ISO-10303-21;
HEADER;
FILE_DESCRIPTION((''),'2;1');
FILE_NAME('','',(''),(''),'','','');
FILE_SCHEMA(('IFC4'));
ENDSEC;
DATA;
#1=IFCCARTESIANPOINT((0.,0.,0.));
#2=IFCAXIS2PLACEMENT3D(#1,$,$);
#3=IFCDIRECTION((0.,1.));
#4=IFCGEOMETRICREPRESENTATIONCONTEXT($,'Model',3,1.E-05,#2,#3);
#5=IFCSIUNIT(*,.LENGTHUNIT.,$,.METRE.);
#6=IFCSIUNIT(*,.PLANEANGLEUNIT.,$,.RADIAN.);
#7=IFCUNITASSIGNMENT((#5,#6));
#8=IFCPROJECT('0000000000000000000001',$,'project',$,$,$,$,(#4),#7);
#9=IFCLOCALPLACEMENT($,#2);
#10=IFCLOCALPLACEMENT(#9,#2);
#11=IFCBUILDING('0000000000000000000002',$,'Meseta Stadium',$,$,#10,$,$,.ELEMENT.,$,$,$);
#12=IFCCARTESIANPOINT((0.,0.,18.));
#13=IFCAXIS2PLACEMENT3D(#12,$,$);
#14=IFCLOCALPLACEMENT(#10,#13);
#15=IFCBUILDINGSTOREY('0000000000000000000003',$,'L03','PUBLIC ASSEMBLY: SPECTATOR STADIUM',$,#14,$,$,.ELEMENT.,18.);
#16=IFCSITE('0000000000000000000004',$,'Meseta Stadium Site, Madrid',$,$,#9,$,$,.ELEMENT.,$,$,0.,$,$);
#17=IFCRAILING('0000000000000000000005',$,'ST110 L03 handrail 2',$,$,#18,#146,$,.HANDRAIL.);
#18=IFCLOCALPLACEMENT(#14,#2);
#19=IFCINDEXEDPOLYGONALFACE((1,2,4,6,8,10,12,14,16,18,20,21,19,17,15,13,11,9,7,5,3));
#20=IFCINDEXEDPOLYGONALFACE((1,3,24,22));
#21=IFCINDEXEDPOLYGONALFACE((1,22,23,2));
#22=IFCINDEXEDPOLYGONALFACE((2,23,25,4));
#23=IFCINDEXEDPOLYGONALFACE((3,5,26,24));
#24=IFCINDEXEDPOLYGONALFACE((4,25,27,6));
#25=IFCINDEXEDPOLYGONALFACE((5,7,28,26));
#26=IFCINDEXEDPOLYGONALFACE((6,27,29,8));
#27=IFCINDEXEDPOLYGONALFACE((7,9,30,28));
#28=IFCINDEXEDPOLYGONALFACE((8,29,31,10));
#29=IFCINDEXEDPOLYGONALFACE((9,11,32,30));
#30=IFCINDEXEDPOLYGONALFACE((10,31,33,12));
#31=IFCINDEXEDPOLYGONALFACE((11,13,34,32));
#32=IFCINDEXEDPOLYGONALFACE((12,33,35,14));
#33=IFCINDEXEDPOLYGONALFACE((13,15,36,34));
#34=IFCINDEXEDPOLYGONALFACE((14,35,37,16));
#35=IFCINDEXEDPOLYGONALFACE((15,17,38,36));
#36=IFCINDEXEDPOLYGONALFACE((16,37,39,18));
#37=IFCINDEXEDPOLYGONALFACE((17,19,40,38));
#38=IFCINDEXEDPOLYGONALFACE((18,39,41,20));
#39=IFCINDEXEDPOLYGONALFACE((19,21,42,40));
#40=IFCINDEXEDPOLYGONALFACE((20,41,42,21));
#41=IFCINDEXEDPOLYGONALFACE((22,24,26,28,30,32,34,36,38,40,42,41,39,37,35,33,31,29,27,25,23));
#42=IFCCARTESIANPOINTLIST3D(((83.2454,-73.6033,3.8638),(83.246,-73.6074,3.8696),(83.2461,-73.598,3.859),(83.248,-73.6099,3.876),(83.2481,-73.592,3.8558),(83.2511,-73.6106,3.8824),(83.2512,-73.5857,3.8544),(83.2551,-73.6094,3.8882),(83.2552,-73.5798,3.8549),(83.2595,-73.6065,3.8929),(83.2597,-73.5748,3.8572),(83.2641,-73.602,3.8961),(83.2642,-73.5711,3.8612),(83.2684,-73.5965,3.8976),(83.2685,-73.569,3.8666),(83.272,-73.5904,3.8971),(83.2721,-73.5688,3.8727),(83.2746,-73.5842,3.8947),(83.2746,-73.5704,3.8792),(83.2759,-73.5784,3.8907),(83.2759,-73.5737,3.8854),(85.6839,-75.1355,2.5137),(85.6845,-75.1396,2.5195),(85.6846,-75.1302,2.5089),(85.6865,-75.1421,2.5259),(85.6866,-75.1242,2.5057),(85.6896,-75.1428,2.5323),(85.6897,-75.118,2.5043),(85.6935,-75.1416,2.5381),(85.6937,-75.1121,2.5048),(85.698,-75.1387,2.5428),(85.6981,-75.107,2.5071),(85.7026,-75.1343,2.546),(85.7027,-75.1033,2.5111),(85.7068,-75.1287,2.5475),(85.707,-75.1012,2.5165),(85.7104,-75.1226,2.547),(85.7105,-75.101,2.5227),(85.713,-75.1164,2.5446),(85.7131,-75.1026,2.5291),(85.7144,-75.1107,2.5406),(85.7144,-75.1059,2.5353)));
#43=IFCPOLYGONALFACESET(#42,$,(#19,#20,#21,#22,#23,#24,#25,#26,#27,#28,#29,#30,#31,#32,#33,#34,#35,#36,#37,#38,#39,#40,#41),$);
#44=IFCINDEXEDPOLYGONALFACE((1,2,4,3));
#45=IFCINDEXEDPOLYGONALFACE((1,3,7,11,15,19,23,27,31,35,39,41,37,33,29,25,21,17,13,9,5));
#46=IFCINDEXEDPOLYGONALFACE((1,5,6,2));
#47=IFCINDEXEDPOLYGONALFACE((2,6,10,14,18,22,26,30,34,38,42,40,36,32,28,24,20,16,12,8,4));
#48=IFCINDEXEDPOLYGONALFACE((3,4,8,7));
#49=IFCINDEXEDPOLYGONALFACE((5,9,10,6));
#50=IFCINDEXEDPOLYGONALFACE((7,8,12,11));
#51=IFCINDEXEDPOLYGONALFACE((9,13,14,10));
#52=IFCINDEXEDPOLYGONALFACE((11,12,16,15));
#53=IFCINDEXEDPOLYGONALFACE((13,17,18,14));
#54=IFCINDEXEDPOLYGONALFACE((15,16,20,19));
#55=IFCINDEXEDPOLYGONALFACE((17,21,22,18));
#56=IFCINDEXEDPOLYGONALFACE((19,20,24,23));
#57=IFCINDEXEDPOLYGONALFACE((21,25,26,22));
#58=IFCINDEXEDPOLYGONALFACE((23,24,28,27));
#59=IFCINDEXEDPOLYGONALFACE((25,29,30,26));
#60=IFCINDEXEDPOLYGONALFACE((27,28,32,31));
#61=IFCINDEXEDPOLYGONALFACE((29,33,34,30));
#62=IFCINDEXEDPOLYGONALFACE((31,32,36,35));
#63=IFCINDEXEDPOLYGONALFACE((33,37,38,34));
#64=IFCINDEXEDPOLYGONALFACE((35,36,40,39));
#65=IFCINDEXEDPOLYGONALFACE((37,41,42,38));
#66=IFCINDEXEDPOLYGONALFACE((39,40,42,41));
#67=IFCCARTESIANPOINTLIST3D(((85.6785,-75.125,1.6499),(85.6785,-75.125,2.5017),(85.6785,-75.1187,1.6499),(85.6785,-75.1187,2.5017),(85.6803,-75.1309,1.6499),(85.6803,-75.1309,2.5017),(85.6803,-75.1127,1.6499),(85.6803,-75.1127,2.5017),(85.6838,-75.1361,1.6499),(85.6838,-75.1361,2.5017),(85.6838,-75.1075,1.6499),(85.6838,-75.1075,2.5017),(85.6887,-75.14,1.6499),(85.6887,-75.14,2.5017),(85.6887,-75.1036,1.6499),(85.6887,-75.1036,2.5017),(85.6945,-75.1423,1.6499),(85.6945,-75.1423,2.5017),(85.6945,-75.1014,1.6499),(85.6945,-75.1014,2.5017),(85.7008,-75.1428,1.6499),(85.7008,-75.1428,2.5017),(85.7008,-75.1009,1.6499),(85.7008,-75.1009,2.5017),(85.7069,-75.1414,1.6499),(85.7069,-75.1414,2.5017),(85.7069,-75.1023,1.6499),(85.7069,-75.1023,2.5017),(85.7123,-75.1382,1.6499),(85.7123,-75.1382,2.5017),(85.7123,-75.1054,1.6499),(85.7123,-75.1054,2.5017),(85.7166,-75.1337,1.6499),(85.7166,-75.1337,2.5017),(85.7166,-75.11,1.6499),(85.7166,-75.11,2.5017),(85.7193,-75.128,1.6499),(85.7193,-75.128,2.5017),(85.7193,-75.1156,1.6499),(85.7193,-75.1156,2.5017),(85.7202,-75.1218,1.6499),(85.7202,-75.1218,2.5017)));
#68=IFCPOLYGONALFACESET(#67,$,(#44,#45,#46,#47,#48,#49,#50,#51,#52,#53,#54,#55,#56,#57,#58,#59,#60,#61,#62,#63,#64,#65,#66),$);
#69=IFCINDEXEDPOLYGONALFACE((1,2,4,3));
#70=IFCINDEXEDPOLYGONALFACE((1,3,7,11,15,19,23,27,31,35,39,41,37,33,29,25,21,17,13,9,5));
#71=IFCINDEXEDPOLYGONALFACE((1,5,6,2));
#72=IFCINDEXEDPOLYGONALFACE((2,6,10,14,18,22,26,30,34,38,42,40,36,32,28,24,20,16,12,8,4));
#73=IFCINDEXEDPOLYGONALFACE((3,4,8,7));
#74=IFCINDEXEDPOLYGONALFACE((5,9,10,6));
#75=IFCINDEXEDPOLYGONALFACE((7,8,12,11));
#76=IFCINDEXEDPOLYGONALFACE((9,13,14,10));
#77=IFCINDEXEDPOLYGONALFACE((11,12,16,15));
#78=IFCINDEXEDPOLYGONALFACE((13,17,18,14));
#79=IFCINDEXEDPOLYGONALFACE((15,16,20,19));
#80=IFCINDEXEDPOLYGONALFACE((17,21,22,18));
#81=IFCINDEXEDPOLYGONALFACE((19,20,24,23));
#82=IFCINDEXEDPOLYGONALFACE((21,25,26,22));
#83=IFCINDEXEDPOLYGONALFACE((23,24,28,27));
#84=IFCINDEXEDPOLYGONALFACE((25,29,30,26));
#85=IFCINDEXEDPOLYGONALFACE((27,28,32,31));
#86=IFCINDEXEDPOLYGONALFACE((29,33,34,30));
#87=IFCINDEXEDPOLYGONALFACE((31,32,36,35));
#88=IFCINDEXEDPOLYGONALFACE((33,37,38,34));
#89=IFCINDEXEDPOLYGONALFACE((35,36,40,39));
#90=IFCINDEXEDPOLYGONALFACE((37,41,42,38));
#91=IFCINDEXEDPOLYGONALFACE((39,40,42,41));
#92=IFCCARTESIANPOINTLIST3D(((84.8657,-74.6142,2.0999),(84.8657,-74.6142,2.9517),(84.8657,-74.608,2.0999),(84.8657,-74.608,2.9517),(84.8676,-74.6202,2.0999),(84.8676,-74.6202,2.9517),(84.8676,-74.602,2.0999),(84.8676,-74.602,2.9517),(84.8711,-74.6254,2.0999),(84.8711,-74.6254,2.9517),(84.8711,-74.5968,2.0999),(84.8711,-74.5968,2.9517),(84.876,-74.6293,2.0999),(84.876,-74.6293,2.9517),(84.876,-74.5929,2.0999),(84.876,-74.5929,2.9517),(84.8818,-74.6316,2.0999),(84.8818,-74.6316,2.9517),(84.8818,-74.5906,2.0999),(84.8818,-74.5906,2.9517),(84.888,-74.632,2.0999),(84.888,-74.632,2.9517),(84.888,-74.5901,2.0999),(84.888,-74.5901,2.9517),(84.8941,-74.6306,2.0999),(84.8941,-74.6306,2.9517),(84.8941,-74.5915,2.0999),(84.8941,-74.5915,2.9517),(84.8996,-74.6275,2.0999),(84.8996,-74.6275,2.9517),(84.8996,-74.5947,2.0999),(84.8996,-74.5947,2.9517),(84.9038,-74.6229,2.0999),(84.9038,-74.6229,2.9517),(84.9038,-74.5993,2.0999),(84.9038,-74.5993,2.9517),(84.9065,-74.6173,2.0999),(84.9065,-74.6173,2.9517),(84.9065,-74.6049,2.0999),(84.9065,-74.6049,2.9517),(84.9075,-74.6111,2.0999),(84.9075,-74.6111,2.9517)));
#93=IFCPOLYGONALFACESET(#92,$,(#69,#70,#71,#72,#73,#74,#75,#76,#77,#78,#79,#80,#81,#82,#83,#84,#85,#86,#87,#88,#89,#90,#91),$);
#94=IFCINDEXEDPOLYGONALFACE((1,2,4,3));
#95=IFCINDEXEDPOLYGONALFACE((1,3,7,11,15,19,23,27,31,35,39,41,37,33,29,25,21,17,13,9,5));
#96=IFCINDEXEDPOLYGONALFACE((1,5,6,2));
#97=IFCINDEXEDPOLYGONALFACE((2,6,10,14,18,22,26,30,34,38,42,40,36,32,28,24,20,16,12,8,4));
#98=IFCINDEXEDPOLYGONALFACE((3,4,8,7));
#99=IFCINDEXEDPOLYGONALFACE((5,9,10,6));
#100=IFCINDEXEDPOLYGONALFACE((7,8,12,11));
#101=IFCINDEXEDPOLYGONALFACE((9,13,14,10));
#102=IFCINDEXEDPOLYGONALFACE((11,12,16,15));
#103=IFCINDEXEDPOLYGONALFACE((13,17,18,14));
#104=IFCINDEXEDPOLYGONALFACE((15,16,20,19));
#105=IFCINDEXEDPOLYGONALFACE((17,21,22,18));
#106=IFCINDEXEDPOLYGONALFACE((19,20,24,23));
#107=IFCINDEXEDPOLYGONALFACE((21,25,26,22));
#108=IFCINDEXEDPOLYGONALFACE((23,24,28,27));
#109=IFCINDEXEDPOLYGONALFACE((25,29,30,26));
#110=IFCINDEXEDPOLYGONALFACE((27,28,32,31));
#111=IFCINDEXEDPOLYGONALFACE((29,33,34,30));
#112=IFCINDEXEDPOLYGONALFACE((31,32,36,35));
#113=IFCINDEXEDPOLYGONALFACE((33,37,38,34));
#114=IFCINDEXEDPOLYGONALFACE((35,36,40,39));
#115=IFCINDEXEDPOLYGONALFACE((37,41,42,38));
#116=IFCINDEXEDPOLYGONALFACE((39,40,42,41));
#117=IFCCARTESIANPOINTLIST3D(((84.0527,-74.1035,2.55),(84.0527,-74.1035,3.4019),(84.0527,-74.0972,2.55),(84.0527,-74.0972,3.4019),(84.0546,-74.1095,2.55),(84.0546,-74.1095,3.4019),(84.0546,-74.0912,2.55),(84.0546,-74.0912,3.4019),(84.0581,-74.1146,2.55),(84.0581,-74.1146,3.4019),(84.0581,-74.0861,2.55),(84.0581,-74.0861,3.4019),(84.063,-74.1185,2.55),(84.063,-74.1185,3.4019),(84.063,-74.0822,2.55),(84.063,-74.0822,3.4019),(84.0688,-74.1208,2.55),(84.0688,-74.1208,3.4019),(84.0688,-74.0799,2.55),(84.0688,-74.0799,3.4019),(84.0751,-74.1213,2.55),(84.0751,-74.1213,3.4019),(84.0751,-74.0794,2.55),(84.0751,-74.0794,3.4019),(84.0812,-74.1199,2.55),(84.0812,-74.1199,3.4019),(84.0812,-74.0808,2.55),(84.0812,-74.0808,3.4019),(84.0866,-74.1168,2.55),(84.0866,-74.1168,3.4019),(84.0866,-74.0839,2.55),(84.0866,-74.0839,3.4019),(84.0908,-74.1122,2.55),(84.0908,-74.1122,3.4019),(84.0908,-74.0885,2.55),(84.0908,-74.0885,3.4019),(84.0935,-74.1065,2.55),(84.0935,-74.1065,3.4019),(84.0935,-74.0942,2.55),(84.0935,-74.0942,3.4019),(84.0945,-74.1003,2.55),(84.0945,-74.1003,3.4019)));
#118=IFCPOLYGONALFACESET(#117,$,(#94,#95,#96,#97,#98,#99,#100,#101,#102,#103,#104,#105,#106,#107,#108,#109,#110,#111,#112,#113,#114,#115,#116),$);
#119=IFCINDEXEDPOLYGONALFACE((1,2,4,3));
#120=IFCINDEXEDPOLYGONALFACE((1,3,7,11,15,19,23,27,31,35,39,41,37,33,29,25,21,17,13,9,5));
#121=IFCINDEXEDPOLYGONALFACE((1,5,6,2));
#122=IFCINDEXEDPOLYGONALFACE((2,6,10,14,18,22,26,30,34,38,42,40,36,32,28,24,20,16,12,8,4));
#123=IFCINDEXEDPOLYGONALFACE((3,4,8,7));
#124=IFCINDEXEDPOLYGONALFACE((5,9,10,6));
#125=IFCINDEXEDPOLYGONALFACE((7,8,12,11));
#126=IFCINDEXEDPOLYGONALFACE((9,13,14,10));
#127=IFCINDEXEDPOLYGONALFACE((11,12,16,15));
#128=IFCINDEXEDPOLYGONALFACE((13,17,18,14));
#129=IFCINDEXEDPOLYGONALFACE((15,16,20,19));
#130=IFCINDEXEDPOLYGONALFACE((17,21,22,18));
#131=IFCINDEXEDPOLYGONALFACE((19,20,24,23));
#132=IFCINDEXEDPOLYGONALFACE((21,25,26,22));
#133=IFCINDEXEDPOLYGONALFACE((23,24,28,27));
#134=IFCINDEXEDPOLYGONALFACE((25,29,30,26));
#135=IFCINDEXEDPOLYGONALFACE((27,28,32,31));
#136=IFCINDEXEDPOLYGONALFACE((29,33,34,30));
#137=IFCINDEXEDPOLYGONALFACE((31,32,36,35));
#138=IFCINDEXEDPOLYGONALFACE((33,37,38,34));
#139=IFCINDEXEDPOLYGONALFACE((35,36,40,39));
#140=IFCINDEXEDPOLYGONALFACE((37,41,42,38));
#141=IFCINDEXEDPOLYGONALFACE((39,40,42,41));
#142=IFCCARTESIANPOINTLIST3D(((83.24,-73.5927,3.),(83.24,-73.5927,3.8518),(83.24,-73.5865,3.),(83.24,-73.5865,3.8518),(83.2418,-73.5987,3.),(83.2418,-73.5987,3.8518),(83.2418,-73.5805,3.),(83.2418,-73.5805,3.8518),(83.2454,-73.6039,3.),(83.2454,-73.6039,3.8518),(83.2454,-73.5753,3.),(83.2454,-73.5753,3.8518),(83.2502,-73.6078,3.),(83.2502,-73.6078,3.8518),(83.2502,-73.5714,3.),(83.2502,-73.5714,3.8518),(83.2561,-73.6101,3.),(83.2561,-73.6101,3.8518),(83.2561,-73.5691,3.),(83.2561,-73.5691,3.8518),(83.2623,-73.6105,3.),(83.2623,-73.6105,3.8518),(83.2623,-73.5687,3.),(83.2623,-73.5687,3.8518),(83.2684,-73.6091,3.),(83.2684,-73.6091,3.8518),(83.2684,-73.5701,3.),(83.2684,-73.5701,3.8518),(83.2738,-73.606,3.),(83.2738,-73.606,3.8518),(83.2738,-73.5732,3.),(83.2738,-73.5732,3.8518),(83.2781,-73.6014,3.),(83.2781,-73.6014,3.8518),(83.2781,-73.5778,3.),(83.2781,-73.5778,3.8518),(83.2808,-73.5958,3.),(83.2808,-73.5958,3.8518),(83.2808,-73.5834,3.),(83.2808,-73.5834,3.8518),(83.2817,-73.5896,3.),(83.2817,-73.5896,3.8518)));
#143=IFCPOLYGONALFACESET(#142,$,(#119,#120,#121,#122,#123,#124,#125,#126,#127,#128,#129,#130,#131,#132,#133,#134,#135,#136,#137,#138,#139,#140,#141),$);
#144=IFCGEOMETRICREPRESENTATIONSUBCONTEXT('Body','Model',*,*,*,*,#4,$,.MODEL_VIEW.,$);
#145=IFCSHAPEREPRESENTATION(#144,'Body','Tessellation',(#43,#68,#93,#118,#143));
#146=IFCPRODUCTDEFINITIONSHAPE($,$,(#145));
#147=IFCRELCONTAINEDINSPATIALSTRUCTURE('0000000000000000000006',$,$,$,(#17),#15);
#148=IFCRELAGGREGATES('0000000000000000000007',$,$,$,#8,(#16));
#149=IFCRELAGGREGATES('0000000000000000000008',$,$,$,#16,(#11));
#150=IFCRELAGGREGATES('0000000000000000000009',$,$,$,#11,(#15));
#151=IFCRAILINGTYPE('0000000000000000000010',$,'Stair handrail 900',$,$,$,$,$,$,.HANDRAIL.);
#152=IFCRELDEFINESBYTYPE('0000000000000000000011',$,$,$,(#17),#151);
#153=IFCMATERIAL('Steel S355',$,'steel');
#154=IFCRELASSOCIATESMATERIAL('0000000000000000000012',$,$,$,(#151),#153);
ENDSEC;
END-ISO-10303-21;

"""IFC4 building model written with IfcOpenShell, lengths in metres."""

from ifc_helpers import new_model, si_unit, direction, frame, origin, origin_2d, place, context, subcontext, project, spatial, circle, extrude, material, type_object, element, save


model = new_model("IFC4")

# Units and contexts
model_context = context("Model", 3, precision=1e-05, world=origin(), true_north=direction((0.0, 1.0)))
body_context = subcontext(model_context, "Body", "Model", "MODEL_VIEW")
ifc_project = project(units=[si_unit("LENGTHUNIT", "METRE"), si_unit("PLANEANGLEUNIT", "RADIAN")], contexts=[model_context])

# Site, building, storey
site_placement = place(None, origin())
site = spatial("IfcSite", under=ifc_project, at=site_placement, Name="Meseta Stadium Site, Madrid", CompositionType="ELEMENT", RefElevation=0.0)
building_placement = place(site_placement, origin())
building = spatial("IfcBuilding", under=site, at=building_placement, Name="Meseta Stadium", CompositionType="ELEMENT")
storey_placement = place(building_placement, frame((0.0, 0.0, 18.0)))
storey = spatial("IfcBuildingStorey", under=building, at=storey_placement, Name="L03", Description="PUBLIC ASSEMBLY: SPECTATOR STADIUM", CompositionType="ELEMENT", Elevation=18.0)

# Railing
ifc_material_1 = material(Name="Steel S355", Category="steel")
railing_type_1 = type_object("IfcRailingType", Name="Stair handrail 900", PredefinedType="HANDRAIL", material=ifc_material_1)
for number, where, name in (
    (1, (85.6992, -75.1218, 1.6499), "ST110 L03 handrail 2"),
):
    element("IfcRailing", number, at=place(storey_placement, frame(where)), inside=storey, type_object=railing_type_1, Name=name, PredefinedType="HANDRAIL", context=body_context, shape_type="SweptSolid", body=[
        extrude(circle(Radius=0.0239, at=origin_2d()), frame((0.0, 0.0, 0.876), z_axis=(-0.766655, 0.481731, 0.42447), x_axis=(-0.53204, -0.846719, 0.0)), (0.0, 0.0, 1.0), 3.1807),
        extrude(circle(Radius=0.021, at=origin_2d()), origin(), (0.0, 0.0, 1.0), 0.8518),
        extrude(circle(Radius=0.021, at=origin_2d()), frame((-0.8127, 0.5107, 0.45)), (0.0, 0.0, 1.0), 0.8518),
        extrude(circle(Radius=0.021, at=origin_2d()), frame((-1.6257, 1.0215, 0.9001)), (0.0, 0.0, 1.0), 0.8518),
        extrude(circle(Radius=0.021, at=origin_2d()), frame((-2.4385, 1.5322, 1.3501)), (0.0, 0.0, 1.0), 0.8518),
    ])

save(model, "model.ifc")
